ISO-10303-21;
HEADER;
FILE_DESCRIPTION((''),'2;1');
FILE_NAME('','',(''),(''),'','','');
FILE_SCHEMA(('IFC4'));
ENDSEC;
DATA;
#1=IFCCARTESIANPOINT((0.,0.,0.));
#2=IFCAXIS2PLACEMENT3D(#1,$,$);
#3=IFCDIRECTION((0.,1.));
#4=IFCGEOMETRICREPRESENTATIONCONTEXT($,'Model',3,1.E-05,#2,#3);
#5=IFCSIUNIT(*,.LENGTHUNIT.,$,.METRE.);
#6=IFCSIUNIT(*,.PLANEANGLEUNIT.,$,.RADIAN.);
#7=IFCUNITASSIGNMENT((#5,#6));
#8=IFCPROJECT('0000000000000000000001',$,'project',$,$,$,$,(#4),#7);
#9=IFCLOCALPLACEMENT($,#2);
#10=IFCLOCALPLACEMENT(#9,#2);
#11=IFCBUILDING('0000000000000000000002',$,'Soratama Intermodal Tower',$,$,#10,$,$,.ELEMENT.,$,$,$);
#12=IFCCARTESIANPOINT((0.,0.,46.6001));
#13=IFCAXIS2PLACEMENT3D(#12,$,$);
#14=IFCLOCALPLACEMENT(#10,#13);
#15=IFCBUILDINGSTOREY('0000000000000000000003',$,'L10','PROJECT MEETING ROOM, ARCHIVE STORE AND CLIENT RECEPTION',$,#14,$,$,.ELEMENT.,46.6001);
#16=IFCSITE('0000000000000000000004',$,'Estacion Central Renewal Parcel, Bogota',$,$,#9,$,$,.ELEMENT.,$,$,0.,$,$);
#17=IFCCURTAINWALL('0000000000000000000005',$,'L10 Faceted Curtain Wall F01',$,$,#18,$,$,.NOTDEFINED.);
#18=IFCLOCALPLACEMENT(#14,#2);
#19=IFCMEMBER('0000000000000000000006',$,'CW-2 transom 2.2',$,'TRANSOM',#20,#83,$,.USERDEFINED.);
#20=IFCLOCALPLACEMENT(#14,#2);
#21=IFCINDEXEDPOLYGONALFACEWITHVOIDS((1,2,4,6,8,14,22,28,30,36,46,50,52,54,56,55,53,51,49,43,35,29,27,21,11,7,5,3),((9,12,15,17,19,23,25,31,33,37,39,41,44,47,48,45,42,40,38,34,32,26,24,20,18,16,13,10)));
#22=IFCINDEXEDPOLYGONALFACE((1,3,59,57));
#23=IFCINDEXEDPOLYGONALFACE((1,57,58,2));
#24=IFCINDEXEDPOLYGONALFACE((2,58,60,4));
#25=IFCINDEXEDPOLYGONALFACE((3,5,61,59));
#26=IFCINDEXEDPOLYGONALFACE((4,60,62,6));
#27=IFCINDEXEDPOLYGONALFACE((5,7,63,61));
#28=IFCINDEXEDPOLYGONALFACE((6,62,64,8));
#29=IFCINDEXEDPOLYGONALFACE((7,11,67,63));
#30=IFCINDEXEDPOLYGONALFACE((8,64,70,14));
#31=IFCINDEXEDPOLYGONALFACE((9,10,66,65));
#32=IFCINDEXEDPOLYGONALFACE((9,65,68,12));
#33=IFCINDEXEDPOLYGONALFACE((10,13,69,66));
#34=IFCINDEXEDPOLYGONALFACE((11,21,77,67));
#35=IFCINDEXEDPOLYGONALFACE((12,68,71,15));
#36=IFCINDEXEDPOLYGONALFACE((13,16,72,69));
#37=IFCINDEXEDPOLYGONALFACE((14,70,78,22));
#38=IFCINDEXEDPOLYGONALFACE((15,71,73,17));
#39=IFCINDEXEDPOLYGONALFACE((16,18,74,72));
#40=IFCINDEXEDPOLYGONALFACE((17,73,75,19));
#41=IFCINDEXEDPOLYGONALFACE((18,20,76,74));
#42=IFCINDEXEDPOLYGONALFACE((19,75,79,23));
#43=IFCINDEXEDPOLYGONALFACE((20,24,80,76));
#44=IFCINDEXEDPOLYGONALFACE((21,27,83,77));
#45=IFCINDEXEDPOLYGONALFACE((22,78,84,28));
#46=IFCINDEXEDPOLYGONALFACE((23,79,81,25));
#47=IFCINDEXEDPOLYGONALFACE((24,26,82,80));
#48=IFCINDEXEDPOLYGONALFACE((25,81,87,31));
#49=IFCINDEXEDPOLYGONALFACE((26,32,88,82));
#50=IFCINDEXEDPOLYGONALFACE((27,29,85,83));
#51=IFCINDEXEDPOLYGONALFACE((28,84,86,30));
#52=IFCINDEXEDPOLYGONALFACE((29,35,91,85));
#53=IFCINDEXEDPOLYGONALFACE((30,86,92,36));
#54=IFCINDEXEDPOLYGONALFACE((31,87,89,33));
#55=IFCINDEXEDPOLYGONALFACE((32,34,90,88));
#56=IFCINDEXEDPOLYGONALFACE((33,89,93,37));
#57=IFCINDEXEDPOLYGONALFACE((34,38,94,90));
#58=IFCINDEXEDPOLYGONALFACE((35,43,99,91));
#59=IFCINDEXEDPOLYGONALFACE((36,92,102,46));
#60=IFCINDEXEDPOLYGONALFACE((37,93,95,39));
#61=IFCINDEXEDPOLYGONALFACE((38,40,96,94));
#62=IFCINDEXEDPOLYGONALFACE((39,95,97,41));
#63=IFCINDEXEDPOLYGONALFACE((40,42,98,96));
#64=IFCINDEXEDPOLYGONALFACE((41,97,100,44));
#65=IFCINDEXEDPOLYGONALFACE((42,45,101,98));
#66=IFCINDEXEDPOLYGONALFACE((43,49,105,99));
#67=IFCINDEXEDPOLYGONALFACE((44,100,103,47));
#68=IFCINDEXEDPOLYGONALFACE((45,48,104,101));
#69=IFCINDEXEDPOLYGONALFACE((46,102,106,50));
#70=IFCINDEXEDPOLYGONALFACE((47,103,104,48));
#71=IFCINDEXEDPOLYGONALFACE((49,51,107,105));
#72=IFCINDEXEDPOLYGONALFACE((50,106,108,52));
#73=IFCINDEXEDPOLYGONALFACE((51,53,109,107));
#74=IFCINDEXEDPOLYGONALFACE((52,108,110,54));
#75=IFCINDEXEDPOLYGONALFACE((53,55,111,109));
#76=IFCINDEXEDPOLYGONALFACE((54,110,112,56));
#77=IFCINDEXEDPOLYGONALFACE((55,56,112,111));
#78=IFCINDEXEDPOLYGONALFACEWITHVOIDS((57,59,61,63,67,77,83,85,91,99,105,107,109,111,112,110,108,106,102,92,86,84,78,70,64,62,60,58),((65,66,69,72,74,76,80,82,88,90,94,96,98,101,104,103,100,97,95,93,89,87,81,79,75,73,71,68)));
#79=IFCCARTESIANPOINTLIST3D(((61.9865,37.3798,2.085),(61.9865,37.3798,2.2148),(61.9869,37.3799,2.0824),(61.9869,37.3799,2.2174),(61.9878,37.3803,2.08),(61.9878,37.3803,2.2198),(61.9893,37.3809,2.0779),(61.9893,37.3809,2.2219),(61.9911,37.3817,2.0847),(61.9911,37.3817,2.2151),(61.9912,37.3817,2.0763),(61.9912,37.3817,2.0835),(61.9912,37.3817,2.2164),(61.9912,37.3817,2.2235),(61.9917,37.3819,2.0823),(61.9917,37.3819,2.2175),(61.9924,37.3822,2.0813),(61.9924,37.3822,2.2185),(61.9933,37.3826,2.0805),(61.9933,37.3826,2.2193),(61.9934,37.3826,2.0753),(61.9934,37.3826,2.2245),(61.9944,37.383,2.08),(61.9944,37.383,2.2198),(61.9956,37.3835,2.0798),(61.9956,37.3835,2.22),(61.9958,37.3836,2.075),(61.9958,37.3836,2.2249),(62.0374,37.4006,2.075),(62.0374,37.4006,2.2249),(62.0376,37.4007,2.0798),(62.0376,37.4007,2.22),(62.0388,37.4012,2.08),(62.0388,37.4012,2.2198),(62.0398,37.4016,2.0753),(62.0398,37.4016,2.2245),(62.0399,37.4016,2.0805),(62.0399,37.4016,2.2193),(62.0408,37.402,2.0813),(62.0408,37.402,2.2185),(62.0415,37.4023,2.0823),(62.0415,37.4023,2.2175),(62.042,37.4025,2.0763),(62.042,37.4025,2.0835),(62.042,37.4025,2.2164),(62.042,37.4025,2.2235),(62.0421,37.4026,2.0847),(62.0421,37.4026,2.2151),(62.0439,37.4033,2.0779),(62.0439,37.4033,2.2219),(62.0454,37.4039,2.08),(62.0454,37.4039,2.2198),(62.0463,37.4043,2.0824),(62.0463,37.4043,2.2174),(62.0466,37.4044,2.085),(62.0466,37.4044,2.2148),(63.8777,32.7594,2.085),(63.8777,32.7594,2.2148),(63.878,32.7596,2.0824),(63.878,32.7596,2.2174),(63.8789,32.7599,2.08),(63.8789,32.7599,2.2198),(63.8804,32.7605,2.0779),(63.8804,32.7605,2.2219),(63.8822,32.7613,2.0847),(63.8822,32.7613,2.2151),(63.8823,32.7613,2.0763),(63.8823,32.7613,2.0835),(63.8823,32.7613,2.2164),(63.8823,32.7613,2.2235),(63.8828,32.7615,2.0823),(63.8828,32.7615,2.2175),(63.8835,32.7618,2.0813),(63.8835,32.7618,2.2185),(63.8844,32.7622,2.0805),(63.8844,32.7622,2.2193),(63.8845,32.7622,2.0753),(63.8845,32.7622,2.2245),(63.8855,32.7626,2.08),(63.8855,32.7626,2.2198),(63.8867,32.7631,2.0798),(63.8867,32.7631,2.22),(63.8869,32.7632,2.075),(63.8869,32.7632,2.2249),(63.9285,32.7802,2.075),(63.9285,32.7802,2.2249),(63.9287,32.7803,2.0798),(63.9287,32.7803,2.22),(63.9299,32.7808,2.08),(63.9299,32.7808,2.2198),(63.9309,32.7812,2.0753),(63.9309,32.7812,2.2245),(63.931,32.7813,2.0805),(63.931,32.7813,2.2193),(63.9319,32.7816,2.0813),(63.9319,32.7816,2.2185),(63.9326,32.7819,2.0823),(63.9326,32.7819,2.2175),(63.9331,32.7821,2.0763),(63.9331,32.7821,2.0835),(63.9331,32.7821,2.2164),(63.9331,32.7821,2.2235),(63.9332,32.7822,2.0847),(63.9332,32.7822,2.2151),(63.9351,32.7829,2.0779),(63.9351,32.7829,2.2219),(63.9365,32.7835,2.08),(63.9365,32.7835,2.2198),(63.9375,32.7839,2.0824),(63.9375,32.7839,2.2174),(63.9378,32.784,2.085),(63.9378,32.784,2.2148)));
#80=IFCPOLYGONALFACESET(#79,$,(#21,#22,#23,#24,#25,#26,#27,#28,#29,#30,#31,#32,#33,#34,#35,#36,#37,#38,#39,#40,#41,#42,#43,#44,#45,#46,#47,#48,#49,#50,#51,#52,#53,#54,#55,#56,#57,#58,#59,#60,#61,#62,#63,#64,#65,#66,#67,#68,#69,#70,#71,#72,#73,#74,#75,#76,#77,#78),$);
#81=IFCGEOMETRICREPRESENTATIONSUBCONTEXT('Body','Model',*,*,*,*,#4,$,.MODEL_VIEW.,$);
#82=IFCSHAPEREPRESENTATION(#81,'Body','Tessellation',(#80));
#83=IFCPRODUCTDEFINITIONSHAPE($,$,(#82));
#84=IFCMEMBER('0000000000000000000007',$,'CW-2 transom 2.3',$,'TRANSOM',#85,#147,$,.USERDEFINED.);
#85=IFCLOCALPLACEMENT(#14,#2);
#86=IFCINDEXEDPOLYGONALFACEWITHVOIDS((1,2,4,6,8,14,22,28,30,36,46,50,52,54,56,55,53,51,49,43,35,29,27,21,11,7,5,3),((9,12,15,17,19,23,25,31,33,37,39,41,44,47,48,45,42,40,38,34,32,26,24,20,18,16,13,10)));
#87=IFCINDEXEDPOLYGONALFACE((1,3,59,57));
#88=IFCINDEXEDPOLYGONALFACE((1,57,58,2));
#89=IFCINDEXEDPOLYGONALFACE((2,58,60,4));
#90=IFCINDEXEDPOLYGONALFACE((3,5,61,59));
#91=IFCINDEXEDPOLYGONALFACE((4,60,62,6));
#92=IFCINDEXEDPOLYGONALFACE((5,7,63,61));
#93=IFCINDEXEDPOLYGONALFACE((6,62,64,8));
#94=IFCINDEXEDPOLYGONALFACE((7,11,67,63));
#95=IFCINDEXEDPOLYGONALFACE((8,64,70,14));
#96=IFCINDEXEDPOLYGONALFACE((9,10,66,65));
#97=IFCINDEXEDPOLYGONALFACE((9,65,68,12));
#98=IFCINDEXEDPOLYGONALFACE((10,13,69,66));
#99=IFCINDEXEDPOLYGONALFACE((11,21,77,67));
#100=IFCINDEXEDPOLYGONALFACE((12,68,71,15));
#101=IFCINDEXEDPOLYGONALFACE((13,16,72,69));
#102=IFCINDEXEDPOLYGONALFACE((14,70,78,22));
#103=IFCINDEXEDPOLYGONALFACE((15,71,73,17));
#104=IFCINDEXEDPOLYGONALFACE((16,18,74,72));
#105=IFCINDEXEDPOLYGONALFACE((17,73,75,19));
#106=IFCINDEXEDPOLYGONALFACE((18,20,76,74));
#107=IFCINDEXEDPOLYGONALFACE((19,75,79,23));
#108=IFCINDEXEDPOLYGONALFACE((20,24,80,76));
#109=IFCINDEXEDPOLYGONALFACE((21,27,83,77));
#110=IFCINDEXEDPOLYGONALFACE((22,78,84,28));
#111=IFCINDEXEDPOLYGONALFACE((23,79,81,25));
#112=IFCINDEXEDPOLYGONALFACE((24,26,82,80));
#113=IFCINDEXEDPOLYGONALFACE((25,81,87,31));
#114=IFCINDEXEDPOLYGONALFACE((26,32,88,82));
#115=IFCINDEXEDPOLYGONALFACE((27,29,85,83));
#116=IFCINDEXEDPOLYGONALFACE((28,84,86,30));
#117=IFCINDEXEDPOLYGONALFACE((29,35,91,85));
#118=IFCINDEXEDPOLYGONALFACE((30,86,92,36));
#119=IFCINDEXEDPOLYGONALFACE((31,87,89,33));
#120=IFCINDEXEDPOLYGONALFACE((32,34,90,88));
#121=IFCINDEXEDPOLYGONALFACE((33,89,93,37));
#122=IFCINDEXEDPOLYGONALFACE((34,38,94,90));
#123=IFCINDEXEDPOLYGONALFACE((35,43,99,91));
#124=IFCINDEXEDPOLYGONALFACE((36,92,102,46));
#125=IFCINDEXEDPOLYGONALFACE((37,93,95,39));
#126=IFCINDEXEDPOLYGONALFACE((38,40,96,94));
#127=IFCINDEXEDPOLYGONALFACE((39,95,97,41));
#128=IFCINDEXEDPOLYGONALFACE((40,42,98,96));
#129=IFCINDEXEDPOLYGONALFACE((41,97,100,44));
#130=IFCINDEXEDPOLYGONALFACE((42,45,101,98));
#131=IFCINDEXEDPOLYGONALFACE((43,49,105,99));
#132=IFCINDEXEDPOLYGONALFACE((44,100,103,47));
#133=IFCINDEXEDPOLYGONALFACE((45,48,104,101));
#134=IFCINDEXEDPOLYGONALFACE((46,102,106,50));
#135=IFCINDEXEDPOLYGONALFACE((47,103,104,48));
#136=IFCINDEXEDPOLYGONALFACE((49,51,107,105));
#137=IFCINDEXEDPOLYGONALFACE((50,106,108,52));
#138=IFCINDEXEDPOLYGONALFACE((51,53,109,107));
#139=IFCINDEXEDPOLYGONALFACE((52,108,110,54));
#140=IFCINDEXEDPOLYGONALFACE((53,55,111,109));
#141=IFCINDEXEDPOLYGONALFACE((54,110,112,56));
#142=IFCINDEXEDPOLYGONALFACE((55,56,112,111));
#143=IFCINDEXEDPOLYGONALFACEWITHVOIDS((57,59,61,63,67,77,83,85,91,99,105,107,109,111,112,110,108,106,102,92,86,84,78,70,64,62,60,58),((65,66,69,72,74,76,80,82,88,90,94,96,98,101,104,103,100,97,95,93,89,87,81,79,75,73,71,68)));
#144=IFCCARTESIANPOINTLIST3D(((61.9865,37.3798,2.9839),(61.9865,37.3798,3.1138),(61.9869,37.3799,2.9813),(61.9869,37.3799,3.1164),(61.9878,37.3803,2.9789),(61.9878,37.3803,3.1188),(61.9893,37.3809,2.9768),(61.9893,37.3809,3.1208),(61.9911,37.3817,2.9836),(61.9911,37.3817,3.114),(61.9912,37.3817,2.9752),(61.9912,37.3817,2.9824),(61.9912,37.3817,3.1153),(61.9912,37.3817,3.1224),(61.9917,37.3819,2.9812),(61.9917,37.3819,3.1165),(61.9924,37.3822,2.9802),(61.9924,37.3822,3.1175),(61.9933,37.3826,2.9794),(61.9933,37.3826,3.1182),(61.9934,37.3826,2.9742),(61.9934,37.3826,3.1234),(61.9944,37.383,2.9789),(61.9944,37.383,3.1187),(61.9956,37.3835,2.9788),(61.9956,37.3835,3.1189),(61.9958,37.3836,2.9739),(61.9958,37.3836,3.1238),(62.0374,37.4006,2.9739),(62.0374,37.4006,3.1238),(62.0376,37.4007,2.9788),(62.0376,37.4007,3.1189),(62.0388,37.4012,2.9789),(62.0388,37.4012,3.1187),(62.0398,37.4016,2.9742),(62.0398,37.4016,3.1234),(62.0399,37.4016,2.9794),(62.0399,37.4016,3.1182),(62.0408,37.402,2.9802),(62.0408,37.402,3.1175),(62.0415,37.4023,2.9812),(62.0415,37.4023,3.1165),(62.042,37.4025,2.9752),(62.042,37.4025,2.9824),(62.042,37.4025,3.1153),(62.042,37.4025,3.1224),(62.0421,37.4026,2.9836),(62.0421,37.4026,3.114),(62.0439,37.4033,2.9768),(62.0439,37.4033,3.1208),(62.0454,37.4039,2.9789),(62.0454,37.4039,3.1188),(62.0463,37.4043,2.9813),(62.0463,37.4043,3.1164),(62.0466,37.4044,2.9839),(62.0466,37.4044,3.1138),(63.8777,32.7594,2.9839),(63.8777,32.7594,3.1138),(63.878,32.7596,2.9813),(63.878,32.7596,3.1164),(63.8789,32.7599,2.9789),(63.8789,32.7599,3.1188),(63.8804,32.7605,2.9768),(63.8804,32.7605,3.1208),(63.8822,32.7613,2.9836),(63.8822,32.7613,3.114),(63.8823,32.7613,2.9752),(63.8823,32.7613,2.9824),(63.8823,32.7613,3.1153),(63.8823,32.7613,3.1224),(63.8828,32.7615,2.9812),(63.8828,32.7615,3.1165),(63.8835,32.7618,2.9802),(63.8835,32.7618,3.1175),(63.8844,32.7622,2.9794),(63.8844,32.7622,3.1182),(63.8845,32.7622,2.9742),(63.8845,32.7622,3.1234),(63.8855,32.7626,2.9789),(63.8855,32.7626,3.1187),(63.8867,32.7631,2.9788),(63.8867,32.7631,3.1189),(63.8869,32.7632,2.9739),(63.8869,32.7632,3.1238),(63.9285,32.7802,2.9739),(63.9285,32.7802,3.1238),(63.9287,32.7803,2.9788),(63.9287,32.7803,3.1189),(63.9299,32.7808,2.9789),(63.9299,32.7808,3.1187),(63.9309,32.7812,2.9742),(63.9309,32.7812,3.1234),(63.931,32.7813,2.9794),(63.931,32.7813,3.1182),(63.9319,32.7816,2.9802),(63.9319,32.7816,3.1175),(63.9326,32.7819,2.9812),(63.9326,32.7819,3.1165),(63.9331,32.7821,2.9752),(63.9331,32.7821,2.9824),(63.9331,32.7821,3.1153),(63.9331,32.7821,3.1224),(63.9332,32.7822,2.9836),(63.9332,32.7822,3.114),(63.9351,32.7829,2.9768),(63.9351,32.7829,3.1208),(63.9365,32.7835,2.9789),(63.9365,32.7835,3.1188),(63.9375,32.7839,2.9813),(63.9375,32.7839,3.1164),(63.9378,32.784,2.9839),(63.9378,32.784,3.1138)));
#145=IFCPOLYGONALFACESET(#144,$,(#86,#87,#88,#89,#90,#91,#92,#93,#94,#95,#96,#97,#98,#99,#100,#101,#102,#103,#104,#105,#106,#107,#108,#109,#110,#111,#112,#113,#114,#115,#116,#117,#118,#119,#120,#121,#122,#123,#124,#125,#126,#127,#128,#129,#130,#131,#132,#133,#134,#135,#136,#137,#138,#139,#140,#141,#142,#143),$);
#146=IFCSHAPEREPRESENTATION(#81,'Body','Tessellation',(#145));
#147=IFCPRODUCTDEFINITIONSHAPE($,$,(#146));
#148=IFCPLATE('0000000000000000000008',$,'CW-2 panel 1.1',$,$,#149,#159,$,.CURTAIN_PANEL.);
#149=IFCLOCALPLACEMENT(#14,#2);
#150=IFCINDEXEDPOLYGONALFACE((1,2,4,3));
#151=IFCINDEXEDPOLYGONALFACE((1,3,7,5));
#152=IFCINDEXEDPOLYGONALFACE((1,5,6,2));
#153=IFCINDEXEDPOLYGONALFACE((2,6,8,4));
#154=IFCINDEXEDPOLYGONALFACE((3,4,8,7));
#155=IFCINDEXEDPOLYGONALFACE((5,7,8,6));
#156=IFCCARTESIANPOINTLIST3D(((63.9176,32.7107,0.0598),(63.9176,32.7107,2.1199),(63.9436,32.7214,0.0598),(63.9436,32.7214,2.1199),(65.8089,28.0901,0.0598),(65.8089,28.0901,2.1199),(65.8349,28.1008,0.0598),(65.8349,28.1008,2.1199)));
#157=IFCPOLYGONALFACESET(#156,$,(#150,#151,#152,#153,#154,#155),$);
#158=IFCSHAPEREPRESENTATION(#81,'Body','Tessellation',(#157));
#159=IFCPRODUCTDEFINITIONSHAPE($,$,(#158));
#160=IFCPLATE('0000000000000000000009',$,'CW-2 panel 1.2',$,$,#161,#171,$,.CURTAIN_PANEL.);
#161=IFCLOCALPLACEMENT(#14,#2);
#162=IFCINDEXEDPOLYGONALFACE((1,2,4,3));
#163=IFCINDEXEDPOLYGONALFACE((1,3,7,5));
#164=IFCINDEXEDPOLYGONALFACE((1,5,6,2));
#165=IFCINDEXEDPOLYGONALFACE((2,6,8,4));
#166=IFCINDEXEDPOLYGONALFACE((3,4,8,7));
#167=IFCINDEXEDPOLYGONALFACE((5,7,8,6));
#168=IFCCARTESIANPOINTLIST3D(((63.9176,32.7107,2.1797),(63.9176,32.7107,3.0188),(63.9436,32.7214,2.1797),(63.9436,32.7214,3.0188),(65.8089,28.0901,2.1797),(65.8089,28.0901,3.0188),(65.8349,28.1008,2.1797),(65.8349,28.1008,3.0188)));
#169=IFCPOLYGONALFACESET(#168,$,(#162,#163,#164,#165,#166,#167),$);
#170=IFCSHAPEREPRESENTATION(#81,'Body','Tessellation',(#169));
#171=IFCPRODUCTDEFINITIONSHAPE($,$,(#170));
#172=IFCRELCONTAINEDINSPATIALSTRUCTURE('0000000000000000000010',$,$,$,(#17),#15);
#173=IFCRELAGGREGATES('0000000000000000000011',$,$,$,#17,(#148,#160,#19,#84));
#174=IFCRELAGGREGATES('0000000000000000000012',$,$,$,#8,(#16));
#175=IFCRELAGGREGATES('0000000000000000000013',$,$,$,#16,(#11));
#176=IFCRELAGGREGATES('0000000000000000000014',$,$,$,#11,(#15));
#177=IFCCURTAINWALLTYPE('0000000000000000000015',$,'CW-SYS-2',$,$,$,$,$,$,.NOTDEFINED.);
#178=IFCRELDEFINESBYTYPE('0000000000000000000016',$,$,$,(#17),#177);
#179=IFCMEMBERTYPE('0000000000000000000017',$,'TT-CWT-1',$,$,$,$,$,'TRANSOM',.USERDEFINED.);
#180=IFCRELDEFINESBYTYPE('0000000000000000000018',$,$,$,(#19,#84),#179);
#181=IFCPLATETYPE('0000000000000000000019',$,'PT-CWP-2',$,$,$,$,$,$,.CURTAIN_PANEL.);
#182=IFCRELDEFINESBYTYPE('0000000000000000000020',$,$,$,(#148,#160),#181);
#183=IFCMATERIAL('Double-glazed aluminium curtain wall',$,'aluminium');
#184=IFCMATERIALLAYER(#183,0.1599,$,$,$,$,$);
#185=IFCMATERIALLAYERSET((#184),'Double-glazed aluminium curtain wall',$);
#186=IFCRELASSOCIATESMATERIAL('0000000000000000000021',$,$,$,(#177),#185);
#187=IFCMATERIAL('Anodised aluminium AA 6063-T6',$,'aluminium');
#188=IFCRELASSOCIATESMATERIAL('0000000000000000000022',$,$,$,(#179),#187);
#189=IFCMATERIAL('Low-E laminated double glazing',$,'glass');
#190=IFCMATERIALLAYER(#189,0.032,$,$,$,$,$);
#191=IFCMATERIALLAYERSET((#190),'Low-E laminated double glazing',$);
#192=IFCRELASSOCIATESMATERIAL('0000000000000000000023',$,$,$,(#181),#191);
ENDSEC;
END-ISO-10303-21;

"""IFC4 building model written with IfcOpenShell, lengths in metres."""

from ifc_helpers import new_model, si_unit, direction, frame, origin, origin_2d, place, context, subcontext, project, spatial, rectangle, hollow_rectangle, extrude, material, layer, layer_set, material_profile, profile_set, type_object, element, aggregate, save


model = new_model("IFC4")

# Units and contexts
model_context = context("Model", 3, precision=1e-05, world=origin(), true_north=direction((0.0, 1.0)))
body_context = subcontext(model_context, "Body", "Model", "MODEL_VIEW")
ifc_project = project(units=[si_unit("LENGTHUNIT", "METRE"), si_unit("PLANEANGLEUNIT", "RADIAN")], contexts=[model_context])

# Site, building, storey
site_placement = place(None, origin())
site = spatial("IfcSite", under=ifc_project, at=site_placement, Name="Estacion Central Renewal Parcel, Bogota", CompositionType="ELEMENT", RefElevation=0.0)
building_placement = place(site_placement, origin())
building = spatial("IfcBuilding", under=site, at=building_placement, Name="Soratama Intermodal Tower", CompositionType="ELEMENT")
storey_placement = place(building_placement, frame((0.0, 0.0, 46.6001)))
storey = spatial("IfcBuildingStorey", under=building, at=storey_placement, Name="L10", Description="PROJECT MEETING ROOM, ARCHIVE STORE AND CLIENT RECEPTION", CompositionType="ELEMENT", Elevation=46.6001)

# Curtain wall, members, plates
ifc_material_1 = material(Name="Double-glazed aluminium curtain wall", Category="aluminium")
ifc_layer_1 = layer(ifc_material_1, 0.1599)
ifc_layer_set_1 = layer_set([ifc_layer_1], Name="Double-glazed aluminium curtain wall")
curtain_wall_type = type_object("IfcCurtainWallType", Name="CW-SYS-2", PredefinedType="NOTDEFINED", material=ifc_layer_set_1)
curtain_wall_placement = place(storey_placement, origin())
curtain_wall = element("IfcCurtainWall", 1, at=curtain_wall_placement, inside=storey, type_object=curtain_wall_type, Name="L10 Faceted Curtain Wall F01", PredefinedType="NOTDEFINED")
ifc_material_2 = material(Name="Anodised aluminium AA 6063-T6", Category="aluminium")
ifc_material_profile_1 = material_profile(ifc_material_2, hollow_rectangle(XDim=0.0649, YDim=0.1499, WallThickness=0.0049, InnerFilletRadius=0.0049, OuterFilletRadius=0.01, at=origin_2d()), Name="CWT150X65X5")
ifc_profile_set_1 = profile_set([ifc_material_profile_1], Name="Anodised aluminium AA 6063-T6")
member_type_1 = type_object("IfcMemberType", Name="TT-CWT-1", ElementType="TRANSOM", PredefinedType="USERDEFINED", material=ifc_profile_set_1)
member_1_placement = place(storey_placement, frame((63.9077, 32.7717, 2.1499), z_axis=(-0.378799, 0.925479, 0.0), x_axis=(-0.925479, -0.378799, 0.0)))
member_1 = element("IfcMember", 2, at=member_1_placement, type_object=member_type_1, Name="CW-2 transom 2.2", ObjectType="TRANSOM", PredefinedType="USERDEFINED", context=body_context, shape_type="SweptSolid", body=[
    extrude(hollow_rectangle(XDim=0.0649, YDim=0.1499, WallThickness=0.0049, InnerFilletRadius=0.0049, OuterFilletRadius=0.01, at=origin_2d()), origin(), (0.0, 0.0, 1.0), 4.9924),
])
member_2_placement = place(storey_placement, frame((63.9077, 32.7717, 3.0488), z_axis=(-0.378799, 0.925479, 0.0), x_axis=(-0.925479, -0.378799, 0.0)))
member_2 = element("IfcMember", 3, at=member_2_placement, type_object=member_type_1, Name="CW-2 transom 2.3", ObjectType="TRANSOM", PredefinedType="USERDEFINED", context=body_context, shape_type="SweptSolid", body=[
    extrude(hollow_rectangle(XDim=0.0649, YDim=0.1499, WallThickness=0.0049, InnerFilletRadius=0.0049, OuterFilletRadius=0.01, at=origin_2d()), origin(), (0.0, 0.0, 1.0), 4.9924),
])
ifc_material_3 = material(Name="Low-E laminated double glazing", Category="glass")
ifc_layer_2 = layer(ifc_material_3, 0.032)
ifc_layer_set_2 = layer_set([ifc_layer_2], Name="Low-E laminated double glazing")
plate_type = type_object("IfcPlateType", Name="PT-CWP-2", PredefinedType="CURTAIN_PANEL", material=ifc_layer_set_2)
plate_1_placement = place(storey_placement, frame((64.8762, 30.4058, 0.0598), z_axis=(0.0, 0.0, 1.0), x_axis=(-0.378813, 0.925473, 0.0)))
plate_1 = element("IfcPlate", 4, at=plate_1_placement, type_object=plate_type, Name="CW-2 panel 1.1", PredefinedType="CURTAIN_PANEL", context=body_context, shape_type="SweptSolid", body=[
    extrude(rectangle(XDim=4.9927, YDim=0.0281, at=origin_2d()), origin(), (0.0, 0.0, 1.0), 2.0601),
])
plate_2_placement = place(storey_placement, frame((64.8762, 30.4058, 2.1797), z_axis=(0.0, 0.0, 1.0), x_axis=(-0.378813, 0.925473, 0.0)))
plate_2 = element("IfcPlate", 5, at=plate_2_placement, type_object=plate_type, Name="CW-2 panel 1.2", PredefinedType="CURTAIN_PANEL", context=body_context, shape_type="SweptSolid", body=[
    extrude(rectangle(XDim=4.9927, YDim=0.0281, at=origin_2d()), origin(), (0.0, 0.0, 1.0), 0.8391),
])
aggregate(curtain_wall, [plate_1, plate_2, member_1, member_2])

save(model, "model.ifc")
